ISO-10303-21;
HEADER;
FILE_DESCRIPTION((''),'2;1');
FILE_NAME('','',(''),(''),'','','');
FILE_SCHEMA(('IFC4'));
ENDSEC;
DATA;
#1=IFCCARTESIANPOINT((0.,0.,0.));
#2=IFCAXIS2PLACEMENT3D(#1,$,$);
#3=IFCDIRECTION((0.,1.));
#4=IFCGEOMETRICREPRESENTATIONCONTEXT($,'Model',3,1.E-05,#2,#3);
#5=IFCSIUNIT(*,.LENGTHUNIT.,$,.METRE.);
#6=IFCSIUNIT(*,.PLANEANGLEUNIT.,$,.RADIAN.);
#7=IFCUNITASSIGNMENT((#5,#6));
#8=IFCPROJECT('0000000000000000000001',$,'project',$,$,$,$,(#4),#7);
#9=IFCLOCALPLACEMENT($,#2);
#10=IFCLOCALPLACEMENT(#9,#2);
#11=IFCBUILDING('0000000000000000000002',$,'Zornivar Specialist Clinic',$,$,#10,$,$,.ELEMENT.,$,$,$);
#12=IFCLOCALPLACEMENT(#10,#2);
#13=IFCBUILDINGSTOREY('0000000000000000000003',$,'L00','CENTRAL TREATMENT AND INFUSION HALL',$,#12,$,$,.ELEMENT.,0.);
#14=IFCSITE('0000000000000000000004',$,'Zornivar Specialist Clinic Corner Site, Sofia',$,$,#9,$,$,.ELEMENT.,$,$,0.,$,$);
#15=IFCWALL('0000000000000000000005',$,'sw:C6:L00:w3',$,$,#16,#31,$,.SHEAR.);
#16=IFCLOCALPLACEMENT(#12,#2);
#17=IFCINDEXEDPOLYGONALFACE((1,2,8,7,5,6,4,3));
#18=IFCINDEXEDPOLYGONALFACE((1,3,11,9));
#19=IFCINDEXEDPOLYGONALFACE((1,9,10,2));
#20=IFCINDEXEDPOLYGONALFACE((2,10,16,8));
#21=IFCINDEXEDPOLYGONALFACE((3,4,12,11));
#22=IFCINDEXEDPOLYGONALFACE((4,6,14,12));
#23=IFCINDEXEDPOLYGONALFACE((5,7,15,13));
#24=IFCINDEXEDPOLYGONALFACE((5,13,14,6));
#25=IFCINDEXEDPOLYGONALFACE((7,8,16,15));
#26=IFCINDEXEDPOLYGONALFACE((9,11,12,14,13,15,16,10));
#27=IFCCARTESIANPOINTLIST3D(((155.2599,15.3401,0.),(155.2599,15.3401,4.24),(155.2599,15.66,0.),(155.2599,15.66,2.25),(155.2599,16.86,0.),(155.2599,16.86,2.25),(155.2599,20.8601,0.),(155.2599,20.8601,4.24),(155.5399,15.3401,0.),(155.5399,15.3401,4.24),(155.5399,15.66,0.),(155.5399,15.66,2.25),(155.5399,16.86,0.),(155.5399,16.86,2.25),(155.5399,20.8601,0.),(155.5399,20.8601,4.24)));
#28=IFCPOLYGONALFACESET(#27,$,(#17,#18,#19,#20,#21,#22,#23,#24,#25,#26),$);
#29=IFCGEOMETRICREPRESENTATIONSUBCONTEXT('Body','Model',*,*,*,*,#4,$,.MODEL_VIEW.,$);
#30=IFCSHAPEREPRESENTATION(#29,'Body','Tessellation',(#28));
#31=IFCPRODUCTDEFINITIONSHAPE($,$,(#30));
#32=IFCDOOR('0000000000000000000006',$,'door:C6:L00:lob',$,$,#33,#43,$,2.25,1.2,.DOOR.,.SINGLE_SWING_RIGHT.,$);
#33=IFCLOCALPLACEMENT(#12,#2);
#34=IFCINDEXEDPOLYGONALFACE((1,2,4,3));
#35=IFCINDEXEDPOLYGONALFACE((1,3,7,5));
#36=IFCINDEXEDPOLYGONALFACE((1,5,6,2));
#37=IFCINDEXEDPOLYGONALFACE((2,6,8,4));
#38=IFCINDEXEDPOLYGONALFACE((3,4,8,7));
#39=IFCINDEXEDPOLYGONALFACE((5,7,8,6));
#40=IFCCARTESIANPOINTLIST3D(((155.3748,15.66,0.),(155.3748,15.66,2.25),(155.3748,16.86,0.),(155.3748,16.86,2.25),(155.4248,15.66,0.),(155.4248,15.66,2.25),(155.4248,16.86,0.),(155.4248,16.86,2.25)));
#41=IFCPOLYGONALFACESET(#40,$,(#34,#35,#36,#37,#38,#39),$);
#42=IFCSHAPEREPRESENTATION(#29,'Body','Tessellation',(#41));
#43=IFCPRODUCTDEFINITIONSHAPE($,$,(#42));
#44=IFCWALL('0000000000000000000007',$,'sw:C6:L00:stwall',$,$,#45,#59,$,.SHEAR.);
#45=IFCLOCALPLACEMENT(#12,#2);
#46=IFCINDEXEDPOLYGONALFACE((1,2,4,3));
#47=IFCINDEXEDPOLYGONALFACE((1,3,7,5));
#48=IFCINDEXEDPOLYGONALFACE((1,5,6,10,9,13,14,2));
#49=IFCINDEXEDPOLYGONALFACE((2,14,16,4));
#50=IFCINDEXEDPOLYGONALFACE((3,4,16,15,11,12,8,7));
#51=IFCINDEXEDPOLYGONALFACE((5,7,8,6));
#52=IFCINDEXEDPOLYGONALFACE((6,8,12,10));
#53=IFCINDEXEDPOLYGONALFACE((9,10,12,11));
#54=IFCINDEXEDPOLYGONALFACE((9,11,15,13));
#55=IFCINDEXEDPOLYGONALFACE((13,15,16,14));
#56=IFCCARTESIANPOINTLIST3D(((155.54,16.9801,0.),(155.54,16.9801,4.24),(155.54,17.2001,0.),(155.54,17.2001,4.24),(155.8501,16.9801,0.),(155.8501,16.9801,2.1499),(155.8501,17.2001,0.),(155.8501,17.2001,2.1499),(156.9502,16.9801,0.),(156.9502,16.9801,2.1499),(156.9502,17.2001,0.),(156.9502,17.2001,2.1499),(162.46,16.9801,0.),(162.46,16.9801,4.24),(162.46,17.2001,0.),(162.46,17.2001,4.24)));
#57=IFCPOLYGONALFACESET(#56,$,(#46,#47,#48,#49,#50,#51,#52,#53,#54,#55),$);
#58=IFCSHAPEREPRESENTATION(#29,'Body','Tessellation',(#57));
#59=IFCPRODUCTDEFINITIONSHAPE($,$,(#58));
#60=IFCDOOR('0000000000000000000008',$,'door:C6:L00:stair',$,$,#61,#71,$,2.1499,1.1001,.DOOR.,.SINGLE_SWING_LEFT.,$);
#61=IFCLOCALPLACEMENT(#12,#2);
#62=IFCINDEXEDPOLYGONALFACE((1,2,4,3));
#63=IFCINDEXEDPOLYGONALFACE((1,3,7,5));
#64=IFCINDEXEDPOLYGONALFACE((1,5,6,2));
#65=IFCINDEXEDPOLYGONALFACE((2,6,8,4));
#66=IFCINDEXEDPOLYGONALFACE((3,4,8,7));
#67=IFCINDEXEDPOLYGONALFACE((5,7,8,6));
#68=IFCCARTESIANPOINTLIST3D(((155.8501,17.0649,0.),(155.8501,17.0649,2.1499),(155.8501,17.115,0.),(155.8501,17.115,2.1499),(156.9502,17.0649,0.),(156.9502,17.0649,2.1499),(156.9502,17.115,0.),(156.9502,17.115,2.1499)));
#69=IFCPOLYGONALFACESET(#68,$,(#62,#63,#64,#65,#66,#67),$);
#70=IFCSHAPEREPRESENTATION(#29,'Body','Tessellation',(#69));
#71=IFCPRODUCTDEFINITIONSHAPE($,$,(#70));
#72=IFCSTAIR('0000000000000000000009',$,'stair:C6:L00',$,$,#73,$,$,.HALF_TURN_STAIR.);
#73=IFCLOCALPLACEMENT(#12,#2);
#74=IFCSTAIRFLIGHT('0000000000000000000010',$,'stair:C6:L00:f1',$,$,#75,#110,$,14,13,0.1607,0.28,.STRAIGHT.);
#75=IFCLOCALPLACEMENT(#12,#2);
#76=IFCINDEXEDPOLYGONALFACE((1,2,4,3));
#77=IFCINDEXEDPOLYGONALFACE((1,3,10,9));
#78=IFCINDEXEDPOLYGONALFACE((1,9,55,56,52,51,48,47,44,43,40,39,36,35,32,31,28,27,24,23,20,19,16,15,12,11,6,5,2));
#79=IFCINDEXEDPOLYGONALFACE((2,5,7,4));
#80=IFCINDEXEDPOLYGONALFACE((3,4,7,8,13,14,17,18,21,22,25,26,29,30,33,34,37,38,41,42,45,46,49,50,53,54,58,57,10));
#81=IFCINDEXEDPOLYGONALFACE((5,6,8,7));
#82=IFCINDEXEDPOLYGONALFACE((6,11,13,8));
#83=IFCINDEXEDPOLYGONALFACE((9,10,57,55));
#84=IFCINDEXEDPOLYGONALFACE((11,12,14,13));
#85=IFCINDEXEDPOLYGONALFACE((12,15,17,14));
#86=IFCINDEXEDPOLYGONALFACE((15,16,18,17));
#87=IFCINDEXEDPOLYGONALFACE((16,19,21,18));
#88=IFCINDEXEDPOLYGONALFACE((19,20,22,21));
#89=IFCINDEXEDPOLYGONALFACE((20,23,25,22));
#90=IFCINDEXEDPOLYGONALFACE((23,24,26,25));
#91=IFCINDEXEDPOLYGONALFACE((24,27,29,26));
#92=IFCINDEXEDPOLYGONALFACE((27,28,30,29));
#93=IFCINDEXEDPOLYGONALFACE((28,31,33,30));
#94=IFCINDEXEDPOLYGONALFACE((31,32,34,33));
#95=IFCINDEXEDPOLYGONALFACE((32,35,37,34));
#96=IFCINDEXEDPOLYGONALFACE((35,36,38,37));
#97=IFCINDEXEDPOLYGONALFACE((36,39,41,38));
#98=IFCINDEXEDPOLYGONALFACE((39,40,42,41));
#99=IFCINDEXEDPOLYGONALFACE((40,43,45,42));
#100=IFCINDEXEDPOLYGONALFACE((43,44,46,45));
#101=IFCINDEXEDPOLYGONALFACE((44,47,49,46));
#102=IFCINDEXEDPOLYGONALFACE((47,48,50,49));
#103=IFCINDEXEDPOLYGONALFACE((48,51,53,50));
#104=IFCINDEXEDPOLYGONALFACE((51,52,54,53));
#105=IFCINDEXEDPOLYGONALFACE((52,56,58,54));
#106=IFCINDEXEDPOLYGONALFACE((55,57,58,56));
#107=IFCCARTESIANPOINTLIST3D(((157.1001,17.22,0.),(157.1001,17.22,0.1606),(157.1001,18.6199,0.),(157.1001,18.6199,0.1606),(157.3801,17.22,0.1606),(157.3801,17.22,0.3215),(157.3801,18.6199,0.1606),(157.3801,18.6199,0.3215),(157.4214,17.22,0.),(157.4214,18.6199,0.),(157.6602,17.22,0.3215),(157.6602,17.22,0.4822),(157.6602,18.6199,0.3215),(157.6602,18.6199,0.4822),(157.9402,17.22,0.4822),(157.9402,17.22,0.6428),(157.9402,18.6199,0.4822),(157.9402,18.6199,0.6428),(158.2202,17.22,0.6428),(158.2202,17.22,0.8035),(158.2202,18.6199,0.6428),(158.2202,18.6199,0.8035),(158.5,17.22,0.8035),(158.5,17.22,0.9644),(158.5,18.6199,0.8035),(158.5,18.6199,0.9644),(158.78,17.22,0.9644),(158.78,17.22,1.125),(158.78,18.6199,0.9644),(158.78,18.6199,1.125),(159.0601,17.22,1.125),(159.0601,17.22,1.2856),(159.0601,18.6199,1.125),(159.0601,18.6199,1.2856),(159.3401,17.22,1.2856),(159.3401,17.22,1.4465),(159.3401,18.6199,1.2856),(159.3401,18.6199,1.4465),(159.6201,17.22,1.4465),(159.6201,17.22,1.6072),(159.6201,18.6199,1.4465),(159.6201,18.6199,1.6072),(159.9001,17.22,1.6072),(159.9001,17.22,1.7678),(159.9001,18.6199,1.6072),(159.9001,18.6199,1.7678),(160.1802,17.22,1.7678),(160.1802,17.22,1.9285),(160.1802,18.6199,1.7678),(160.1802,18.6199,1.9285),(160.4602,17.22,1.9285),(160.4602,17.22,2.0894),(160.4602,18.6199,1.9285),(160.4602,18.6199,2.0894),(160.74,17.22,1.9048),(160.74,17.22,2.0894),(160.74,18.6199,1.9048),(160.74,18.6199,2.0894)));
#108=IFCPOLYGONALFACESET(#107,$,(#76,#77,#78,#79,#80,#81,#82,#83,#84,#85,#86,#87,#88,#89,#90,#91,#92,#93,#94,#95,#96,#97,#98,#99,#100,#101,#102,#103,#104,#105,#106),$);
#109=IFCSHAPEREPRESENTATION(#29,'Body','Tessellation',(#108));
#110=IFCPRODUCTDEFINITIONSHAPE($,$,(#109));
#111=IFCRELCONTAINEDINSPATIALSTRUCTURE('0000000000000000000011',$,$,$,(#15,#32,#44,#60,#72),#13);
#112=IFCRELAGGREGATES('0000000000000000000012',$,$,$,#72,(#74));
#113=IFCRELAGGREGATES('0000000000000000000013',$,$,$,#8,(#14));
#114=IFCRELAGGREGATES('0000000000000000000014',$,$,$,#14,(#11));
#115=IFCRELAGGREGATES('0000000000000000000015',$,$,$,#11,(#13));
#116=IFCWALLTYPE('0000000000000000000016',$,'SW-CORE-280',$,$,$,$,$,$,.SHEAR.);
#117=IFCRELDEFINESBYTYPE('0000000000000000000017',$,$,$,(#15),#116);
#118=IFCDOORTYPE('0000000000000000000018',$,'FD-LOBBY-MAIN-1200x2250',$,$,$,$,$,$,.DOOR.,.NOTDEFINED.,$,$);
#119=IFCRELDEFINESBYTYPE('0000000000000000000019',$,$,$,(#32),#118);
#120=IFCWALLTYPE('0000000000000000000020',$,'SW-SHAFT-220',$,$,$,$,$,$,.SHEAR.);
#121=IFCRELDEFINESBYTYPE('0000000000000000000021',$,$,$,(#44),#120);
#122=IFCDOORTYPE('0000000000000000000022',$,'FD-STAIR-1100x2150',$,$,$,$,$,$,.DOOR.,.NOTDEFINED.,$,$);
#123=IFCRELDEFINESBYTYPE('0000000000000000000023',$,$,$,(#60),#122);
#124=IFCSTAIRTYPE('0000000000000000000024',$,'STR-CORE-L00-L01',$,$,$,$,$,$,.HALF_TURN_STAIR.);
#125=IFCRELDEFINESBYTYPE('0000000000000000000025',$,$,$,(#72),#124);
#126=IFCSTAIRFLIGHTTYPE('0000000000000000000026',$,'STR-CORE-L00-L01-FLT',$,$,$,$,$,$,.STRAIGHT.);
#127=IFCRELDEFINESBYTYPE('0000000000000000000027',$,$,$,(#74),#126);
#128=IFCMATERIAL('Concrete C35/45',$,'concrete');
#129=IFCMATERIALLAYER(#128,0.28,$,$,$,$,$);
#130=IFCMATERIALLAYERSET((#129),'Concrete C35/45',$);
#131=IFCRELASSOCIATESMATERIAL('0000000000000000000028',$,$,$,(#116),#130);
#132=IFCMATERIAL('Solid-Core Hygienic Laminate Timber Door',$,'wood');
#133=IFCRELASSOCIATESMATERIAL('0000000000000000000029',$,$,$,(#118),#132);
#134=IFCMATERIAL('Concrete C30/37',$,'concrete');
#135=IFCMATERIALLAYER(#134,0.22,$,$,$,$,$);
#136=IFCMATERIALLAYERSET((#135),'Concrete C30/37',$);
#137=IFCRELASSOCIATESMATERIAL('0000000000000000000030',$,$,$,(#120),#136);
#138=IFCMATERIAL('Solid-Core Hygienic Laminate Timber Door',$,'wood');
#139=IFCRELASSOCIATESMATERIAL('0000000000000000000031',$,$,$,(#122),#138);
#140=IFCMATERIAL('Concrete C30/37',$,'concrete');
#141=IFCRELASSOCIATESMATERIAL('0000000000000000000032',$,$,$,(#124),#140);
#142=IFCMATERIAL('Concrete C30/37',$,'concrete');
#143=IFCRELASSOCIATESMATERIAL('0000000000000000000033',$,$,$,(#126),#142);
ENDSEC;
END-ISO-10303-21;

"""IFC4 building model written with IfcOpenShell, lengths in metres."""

from ifc_helpers import new_model, si_unit, direction, frame, frame_2d, origin, place, context, subcontext, project, spatial, polyline, rectangle, outline, extrude, material, layer, layer_set, type_object, element, fill, aggregate, save


model = new_model("IFC4")

# Units and contexts
model_context = context("Model", 3, precision=1e-05, world=origin(), true_north=direction((0.0, 1.0)))
body_context = subcontext(model_context, "Body", "Model", "MODEL_VIEW")
ifc_project = project(units=[si_unit("LENGTHUNIT", "METRE"), si_unit("PLANEANGLEUNIT", "RADIAN")], contexts=[model_context])

# Site, building, storey
site_placement = place(None, origin())
site = spatial("IfcSite", under=ifc_project, at=site_placement, Name="Zornivar Specialist Clinic Corner Site, Sofia", CompositionType="ELEMENT", RefElevation=0.0)
building_placement = place(site_placement, origin())
building = spatial("IfcBuilding", under=site, at=building_placement, Name="Zornivar Specialist Clinic", CompositionType="ELEMENT")
storey_placement = place(building_placement, origin())
storey = spatial("IfcBuildingStorey", under=building, at=storey_placement, Name="L00", Description="CENTRAL TREATMENT AND INFUSION HALL", CompositionType="ELEMENT", Elevation=0.0)

# Shared definitions
ifc_material_1 = material(Name="Concrete C35/45", Category="concrete")
ifc_layer_1 = layer(ifc_material_1, 0.28)
ifc_layer_set_1 = layer_set([ifc_layer_1], Name="Concrete C35/45")
wall_type_1 = type_object("IfcWallType", Name="SW-CORE-280", PredefinedType="SHEAR", material=ifc_layer_set_1)

# Walls, openings, doors
wall_1_placement = place(storey_placement, frame((155.3999, 20.8601, 0.0), z_axis=(0.0, 0.0, 1.0), x_axis=(0.0, -1.0, 0.0)))
wall_1 = element("IfcWall", 1, at=wall_1_placement, inside=storey, type_object=wall_type_1, Name="sw:C6:L00:w3", PredefinedType="SHEAR", context=body_context, shape_type="SweptSolid", body=[
    extrude(rectangle(XDim=5.52, YDim=0.28, at=frame_2d((2.76, 0.0))), origin(), (0.0, 0.0, 1.0), 4.24),
])
opening_1_placement = place(wall_1_placement, frame((4.0, 0.0, 0.0)))
opening_1 = element("IfcOpeningElement", 2, at=opening_1_placement, cuts=wall_1, PredefinedType="OPENING", context=body_context, shape_type="SweptSolid", body=[
    extrude(rectangle(XDim=1.2, YDim=2.25, at=frame_2d((0.6001, 1.125))), frame((0.0, 0.1499, 0.0), z_axis=(0.0, -1.0, 0.0), x_axis=(1.0, 0.0, 0.0)), (0.0, 0.0, 1.0), 0.3),
])
ifc_material_2 = material(Name="Solid-Core Hygienic Laminate Timber Door", Category="wood")
door_type_1 = type_object("IfcDoorType", Name="FD-LOBBY-MAIN-1200x2250", OperationType="NOTDEFINED", PredefinedType="DOOR", material=ifc_material_2)
door_1_placement = place(opening_1_placement, origin())
door_1 = element("IfcDoor", 3, at=door_1_placement, inside=storey, type_object=door_type_1, Name="door:C6:L00:lob", OperationType="SINGLE_SWING_RIGHT", OverallHeight=2.25, OverallWidth=1.2, PredefinedType="DOOR", context=body_context, shape_type="SweptSolid", body=[
    extrude(rectangle(XDim=1.2, YDim=2.25, at=frame_2d((0.6001, 1.125))), frame((0.0, 0.0249, 0.0), z_axis=(0.0, -1.0, 0.0), x_axis=(1.0, 0.0, 0.0)), (0.0, 0.0, 1.0), 0.05),
])
fill(opening_1, door_1)
ifc_material_3 = material(Name="Concrete C30/37", Category="concrete")
ifc_layer_2 = layer(ifc_material_3, 0.22)
ifc_layer_set_2 = layer_set([ifc_layer_2], Name="Concrete C30/37")
wall_type_2 = type_object("IfcWallType", Name="SW-SHAFT-220", PredefinedType="SHEAR", material=ifc_layer_set_2)
wall_2_placement = place(storey_placement, frame((155.54, 17.0901, 0.0), z_axis=(0.0, 0.0, 1.0), x_axis=(1.0, 0.0, 0.0)))
wall_2 = element("IfcWall", 4, at=wall_2_placement, inside=storey, type_object=wall_type_2, Name="sw:C6:L00:stwall", PredefinedType="SHEAR", context=body_context, shape_type="SweptSolid", body=[
    extrude(rectangle(XDim=6.9199, YDim=0.22, at=frame_2d((3.46, 0.0))), origin(), (0.0, 0.0, 1.0), 4.24),
])
opening_2_placement = place(wall_2_placement, frame((0.3101, 0.0, 0.0)))
opening_2 = element("IfcOpeningElement", 5, at=opening_2_placement, cuts=wall_2, PredefinedType="OPENING", context=body_context, shape_type="SweptSolid", body=[
    extrude(rectangle(XDim=1.1001, YDim=2.1499, at=frame_2d((0.55, 1.075))), frame((0.0, 0.1199, 0.0), z_axis=(0.0, -1.0, 0.0), x_axis=(1.0, 0.0, 0.0)), (0.0, 0.0, 1.0), 0.24),
])
ifc_material_4 = material(Name="Solid-Core Hygienic Laminate Timber Door", Category="wood")
door_type_2 = type_object("IfcDoorType", Name="FD-STAIR-1100x2150", OperationType="NOTDEFINED", PredefinedType="DOOR", material=ifc_material_4)
door_2_placement = place(opening_2_placement, origin())
door_2 = element("IfcDoor", 6, at=door_2_placement, inside=storey, type_object=door_type_2, Name="door:C6:L00:stair", OperationType="SINGLE_SWING_LEFT", OverallHeight=2.1499, OverallWidth=1.1001, PredefinedType="DOOR", context=body_context, shape_type="SweptSolid", body=[
    extrude(rectangle(XDim=1.1001, YDim=2.1499, at=frame_2d((0.55, 1.075))), frame((0.0, 0.0249, 0.0), z_axis=(0.0, -1.0, 0.0), x_axis=(1.0, 0.0, 0.0)), (0.0, 0.0, 1.0), 0.05),
])
fill(opening_2, door_2)

# Stair, stair flight
ifc_material_5 = material(Name="Concrete C30/37", Category="concrete")
stair_type = type_object("IfcStairType", Name="STR-CORE-L00-L01", PredefinedType="HALF_TURN_STAIR", material=ifc_material_5)
stair_placement = place(storey_placement, origin())
stair = element("IfcStair", 7, at=stair_placement, inside=storey, type_object=stair_type, Name="stair:C6:L00", PredefinedType="HALF_TURN_STAIR")
ifc_material_6 = material(Name="Concrete C30/37", Category="concrete")
stair_flight_type = type_object("IfcStairFlightType", Name="STR-CORE-L00-L01-FLT", PredefinedType="STRAIGHT", material=ifc_material_6)
stair_flight_placement = place(storey_placement, frame((157.1001, 17.9199, 0.0), z_axis=(0.0, 0.0, 1.0), x_axis=(1.0, 0.0, 0.0)))
stair_flight = element("IfcStairFlight", 8, at=stair_flight_placement, type_object=stair_flight_type, Name="stair:C6:L00:f1", NumberOfRisers=14, NumberOfTreads=13, PredefinedType="STRAIGHT", RiserHeight=0.1607, TreadLength=0.28, context=body_context, shape_type="SweptSolid", body=[
    extrude(outline(polyline([(0.0, 0.0), (0.0, 0.1606), (0.28, 0.1606), (0.28, 0.3215), (0.5601, 0.3215), (0.5601, 0.4822), (0.8401, 0.4822), (0.8401, 0.6428), (1.1201, 0.6428), (1.1201, 0.8035), (1.3999, 0.8035), (1.3999, 0.9644), (1.6799, 0.9644), (1.6799, 1.125), (1.96, 1.125), (1.96, 1.2856), (2.24, 1.2856), (2.24, 1.4465), (2.52, 1.4465), (2.52, 1.6072), (2.8, 1.6072), (2.8, 1.7678), (3.0801, 1.7678), (3.0801, 1.9285), (3.3601, 1.9285), (3.3601, 2.0894), (3.6399, 2.0894), (3.6399, 2.25), (3.6399, 1.9048), (0.3213, 0.0), (0.0, 0.0)])), frame((0.0, 0.7, 0.0), z_axis=(0.0, -1.0, 0.0), x_axis=(1.0, 0.0, 0.0)), (0.0, 0.0, 1.0), 1.3999),
])
aggregate(stair, [stair_flight])

save(model, "model.ifc")
